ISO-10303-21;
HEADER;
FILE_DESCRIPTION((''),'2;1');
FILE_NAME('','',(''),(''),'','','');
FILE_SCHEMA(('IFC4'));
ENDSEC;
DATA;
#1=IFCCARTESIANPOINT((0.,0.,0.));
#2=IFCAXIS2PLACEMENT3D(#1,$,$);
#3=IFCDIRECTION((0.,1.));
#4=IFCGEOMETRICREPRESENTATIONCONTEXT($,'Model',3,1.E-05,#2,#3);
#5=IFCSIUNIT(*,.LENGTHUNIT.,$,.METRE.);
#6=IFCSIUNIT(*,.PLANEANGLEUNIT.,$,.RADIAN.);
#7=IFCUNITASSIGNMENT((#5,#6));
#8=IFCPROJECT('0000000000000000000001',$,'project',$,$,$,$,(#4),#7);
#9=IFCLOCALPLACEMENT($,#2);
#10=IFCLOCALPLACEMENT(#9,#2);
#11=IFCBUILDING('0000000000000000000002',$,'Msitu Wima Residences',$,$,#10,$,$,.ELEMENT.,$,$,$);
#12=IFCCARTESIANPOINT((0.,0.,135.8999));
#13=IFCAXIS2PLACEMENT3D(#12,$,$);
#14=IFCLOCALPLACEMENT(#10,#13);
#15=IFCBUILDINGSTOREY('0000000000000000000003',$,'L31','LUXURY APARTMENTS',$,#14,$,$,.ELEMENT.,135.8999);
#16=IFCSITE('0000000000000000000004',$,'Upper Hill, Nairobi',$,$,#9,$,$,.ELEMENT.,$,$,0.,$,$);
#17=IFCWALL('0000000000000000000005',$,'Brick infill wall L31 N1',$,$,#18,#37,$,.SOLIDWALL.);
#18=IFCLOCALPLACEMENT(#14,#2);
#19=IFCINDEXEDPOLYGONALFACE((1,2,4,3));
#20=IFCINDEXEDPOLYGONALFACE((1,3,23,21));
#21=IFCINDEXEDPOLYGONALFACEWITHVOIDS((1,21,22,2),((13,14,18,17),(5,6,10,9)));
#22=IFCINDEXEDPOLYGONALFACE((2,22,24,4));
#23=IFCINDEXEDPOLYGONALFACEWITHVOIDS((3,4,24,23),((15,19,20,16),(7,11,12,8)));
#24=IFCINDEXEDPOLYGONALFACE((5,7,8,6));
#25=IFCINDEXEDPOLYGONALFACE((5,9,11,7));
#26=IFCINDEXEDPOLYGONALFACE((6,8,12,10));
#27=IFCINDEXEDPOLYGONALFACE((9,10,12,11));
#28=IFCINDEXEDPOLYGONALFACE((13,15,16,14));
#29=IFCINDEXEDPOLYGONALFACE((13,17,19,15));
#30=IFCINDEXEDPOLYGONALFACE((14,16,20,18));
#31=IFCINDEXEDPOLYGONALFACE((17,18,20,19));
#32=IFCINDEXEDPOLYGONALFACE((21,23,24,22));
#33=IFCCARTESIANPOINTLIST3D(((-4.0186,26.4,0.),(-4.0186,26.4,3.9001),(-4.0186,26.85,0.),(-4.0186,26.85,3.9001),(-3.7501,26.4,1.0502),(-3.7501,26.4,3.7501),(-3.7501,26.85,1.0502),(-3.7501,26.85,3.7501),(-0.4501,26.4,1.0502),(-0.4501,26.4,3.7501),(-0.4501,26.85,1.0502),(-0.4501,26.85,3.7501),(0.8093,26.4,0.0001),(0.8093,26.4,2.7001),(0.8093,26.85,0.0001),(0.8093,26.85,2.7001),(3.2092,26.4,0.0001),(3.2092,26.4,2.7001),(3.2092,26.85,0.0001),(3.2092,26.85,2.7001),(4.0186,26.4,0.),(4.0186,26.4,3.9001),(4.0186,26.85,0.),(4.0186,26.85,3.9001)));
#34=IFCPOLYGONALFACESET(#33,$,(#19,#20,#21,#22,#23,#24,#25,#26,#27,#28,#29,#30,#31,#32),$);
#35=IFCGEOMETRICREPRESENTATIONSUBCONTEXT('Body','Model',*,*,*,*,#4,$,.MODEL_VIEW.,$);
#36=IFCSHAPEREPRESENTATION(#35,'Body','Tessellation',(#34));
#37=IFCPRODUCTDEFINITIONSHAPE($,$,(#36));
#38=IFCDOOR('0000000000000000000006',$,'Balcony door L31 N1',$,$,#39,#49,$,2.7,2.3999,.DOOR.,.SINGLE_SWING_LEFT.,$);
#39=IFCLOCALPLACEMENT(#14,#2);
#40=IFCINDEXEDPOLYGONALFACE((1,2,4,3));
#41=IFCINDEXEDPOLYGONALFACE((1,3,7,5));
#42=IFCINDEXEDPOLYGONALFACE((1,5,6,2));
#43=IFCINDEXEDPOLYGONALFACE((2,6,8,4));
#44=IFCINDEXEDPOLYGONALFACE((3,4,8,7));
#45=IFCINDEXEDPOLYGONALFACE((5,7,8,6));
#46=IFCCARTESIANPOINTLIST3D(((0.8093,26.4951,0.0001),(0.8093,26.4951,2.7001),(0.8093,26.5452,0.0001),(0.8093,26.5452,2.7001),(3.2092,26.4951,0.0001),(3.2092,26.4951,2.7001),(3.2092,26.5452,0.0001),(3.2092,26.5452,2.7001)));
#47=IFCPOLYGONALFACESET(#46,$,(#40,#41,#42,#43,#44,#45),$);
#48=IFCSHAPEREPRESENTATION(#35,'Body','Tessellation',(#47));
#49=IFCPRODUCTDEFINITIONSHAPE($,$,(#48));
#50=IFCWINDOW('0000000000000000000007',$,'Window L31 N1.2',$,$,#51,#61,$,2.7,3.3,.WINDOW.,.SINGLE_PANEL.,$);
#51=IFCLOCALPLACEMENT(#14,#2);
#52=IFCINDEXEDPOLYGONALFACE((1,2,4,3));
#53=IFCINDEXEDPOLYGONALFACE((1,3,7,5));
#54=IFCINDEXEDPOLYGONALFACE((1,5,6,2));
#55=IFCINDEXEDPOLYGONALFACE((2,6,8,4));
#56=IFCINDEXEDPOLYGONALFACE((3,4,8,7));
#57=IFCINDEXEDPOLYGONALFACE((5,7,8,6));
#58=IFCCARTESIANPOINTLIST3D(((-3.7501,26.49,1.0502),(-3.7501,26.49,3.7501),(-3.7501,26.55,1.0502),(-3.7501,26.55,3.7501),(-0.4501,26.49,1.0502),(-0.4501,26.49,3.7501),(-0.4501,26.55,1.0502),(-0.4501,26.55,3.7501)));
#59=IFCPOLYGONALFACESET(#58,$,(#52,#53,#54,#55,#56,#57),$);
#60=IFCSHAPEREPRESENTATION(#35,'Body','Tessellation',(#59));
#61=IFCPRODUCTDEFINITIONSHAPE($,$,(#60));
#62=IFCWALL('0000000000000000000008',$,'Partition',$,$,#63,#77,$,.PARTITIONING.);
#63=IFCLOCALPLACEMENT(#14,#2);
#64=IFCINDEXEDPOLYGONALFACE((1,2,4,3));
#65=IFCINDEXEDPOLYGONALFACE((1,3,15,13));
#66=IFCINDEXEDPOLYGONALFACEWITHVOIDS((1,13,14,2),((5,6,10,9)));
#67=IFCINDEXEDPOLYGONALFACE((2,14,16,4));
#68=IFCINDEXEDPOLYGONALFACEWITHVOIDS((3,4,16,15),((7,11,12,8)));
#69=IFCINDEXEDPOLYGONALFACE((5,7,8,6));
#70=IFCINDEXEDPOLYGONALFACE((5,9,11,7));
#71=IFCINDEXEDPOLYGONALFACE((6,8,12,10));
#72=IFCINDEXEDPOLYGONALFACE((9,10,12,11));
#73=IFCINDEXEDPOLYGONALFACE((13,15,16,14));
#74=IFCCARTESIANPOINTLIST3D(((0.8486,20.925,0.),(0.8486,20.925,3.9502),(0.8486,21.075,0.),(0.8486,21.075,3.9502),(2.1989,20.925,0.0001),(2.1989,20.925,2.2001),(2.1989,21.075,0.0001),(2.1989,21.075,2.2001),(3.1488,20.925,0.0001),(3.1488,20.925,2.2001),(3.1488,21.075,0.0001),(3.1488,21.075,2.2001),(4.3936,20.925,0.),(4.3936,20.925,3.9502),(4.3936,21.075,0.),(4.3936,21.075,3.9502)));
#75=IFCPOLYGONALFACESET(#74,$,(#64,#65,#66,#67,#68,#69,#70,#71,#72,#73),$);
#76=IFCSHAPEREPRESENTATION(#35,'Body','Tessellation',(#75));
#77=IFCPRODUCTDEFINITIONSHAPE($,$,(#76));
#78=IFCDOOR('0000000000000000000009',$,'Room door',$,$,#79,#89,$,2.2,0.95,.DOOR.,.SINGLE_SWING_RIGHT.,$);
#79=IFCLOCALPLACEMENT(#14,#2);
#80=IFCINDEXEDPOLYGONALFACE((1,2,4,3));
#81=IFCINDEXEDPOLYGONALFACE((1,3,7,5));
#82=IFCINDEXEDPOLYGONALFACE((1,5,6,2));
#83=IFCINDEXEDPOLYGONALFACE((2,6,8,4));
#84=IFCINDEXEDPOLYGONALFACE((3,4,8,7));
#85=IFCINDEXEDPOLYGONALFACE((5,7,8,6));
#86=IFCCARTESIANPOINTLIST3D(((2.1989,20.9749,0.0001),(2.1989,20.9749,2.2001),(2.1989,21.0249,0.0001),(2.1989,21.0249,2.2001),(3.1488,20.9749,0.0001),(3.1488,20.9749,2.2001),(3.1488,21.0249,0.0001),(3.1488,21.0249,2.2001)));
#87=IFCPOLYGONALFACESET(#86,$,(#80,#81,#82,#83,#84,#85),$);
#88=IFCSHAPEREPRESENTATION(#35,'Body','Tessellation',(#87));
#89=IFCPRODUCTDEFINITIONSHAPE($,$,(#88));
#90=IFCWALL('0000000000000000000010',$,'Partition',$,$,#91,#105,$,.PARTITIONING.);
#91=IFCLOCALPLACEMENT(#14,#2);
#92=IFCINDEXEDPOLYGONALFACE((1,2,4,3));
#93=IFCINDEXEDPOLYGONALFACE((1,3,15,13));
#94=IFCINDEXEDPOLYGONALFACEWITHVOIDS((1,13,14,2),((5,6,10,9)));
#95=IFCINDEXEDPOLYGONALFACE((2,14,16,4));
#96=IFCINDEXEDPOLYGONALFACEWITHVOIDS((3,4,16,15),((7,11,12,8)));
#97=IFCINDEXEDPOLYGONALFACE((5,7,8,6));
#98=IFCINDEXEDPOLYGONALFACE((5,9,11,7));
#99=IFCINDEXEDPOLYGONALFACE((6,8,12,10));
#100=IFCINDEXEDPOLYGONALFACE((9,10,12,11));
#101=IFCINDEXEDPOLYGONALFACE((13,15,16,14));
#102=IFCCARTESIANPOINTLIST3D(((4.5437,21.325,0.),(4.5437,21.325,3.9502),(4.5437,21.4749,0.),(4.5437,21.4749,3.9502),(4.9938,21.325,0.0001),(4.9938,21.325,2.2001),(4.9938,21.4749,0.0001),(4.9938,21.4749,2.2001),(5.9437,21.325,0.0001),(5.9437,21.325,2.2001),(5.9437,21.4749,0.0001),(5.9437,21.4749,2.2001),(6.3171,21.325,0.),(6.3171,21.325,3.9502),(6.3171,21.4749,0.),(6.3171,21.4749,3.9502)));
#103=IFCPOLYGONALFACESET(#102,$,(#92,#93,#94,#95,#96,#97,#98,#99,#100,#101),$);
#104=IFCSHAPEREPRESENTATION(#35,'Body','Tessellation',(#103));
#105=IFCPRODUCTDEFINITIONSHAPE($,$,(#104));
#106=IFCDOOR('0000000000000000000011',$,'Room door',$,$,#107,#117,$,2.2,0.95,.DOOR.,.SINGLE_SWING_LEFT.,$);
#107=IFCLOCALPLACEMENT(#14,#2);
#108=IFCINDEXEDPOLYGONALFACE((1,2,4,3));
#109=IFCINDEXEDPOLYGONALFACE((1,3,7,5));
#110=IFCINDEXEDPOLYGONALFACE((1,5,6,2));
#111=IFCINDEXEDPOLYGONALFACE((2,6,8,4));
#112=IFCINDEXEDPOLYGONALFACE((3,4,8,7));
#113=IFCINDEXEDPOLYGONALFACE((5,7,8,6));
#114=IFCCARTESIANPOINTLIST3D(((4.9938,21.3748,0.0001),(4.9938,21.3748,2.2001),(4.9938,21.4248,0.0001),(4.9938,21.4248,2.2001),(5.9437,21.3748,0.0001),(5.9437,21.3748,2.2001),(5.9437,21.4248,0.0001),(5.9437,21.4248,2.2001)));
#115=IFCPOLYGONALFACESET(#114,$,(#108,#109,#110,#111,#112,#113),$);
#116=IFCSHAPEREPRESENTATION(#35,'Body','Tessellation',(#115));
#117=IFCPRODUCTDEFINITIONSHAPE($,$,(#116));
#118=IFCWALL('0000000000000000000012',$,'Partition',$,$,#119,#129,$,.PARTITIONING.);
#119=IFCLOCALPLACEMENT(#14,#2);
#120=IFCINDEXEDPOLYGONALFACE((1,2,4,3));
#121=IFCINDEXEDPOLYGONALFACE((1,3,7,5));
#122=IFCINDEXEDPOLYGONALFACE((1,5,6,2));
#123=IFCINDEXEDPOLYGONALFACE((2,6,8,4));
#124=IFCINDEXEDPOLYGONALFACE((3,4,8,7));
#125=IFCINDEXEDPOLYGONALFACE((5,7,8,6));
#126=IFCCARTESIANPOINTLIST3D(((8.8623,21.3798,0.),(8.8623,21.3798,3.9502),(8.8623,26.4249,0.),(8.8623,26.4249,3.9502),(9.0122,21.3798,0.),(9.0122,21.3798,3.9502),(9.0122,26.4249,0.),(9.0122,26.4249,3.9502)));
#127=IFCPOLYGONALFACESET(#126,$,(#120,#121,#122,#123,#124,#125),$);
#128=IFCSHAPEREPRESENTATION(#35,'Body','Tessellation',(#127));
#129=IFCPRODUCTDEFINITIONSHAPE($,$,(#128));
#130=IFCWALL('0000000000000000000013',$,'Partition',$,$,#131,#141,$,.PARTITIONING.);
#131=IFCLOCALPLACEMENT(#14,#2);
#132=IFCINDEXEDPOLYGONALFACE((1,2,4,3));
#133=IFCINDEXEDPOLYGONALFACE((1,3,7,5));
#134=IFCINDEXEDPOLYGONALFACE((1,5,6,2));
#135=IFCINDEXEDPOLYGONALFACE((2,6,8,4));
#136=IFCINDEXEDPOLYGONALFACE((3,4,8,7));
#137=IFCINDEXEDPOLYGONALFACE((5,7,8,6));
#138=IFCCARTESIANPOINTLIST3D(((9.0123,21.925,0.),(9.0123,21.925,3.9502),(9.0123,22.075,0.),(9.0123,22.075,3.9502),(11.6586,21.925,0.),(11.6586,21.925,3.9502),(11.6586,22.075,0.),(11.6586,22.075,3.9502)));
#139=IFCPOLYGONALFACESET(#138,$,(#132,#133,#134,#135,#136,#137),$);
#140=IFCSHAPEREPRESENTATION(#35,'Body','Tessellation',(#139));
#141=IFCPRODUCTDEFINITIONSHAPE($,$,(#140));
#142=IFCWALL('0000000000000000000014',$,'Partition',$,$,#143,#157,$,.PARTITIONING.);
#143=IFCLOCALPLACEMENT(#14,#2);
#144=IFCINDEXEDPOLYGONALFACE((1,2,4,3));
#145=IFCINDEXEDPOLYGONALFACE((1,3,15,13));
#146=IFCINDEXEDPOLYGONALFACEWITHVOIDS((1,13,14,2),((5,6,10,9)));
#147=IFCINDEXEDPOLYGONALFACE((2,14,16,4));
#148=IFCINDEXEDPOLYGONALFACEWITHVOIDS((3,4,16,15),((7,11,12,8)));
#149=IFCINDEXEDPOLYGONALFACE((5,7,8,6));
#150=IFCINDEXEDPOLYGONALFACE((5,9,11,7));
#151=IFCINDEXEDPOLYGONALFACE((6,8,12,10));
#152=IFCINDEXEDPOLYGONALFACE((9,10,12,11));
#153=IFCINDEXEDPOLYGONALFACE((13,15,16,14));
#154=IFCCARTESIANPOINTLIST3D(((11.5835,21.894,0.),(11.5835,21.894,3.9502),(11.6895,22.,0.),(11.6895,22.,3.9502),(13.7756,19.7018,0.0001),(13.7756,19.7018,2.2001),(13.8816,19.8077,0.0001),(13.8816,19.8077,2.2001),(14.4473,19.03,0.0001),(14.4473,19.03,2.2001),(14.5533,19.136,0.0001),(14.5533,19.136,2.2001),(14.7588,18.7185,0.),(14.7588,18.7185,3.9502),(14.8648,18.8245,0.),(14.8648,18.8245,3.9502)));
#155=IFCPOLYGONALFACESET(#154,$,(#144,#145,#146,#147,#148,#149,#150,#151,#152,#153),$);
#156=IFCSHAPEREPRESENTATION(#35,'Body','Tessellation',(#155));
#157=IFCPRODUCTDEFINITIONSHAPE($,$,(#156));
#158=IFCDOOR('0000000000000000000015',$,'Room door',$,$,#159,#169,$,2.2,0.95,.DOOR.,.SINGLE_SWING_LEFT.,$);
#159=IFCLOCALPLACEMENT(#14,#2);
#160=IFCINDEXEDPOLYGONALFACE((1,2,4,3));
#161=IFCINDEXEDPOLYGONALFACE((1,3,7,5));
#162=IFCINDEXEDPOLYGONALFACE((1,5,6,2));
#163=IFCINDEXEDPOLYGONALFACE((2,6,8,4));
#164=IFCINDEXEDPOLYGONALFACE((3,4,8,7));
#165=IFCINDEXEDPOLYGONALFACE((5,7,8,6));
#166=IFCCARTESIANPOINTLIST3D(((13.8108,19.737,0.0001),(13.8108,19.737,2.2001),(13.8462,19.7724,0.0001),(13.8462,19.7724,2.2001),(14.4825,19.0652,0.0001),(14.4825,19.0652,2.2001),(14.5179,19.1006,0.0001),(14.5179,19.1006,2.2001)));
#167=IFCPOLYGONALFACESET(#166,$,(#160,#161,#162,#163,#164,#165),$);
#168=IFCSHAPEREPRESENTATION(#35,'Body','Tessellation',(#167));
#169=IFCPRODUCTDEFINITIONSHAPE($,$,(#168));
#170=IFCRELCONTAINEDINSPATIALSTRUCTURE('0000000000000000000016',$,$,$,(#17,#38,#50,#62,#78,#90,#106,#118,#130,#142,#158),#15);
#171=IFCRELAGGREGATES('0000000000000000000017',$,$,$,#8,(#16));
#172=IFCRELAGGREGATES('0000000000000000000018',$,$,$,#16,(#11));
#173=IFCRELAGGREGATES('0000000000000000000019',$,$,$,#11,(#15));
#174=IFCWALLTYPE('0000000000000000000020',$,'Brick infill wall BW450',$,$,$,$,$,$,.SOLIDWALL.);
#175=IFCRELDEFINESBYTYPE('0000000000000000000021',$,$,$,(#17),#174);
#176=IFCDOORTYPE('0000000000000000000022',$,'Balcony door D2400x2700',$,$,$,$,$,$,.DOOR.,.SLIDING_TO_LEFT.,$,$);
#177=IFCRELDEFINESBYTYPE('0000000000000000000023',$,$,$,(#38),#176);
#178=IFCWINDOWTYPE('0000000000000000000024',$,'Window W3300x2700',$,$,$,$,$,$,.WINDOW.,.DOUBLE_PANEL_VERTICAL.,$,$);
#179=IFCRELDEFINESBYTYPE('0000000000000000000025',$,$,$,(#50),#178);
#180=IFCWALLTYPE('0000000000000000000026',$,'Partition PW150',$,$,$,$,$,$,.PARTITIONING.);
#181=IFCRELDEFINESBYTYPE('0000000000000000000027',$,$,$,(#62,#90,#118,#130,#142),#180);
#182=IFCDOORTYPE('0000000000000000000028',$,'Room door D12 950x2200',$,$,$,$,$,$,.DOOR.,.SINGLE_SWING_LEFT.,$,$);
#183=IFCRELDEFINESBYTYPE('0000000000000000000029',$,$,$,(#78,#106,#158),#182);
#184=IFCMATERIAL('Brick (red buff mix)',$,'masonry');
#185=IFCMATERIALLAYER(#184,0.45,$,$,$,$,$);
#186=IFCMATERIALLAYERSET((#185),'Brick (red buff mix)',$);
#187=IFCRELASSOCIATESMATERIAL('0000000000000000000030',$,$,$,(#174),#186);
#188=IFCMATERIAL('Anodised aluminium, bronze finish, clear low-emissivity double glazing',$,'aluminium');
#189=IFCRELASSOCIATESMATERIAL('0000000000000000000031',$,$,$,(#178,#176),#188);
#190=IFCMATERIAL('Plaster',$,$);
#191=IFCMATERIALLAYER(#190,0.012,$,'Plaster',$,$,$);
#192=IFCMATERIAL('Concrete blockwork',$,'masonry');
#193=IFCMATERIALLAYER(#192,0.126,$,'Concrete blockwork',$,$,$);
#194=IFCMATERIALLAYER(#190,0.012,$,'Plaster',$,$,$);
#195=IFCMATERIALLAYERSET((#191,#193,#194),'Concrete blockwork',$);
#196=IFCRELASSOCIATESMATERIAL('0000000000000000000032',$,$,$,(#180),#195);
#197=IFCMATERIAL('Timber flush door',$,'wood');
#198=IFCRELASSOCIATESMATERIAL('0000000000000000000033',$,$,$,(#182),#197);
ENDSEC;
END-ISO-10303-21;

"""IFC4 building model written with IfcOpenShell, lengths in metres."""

from ifc_helpers import new_model, si_unit, direction, frame, frame_2d, origin, place, context, subcontext, project, spatial, rectangle, extrude, material, layer, layer_set, type_object, element, fill, save


model = new_model("IFC4")

# Units and contexts
model_context = context("Model", 3, precision=1e-05, world=origin(), true_north=direction((0.0, 1.0)))
body_context = subcontext(model_context, "Body", "Model", "MODEL_VIEW")
ifc_project = project(units=[si_unit("LENGTHUNIT", "METRE"), si_unit("PLANEANGLEUNIT", "RADIAN")], contexts=[model_context])

# Site, building, storey
site_placement = place(None, origin())
site = spatial("IfcSite", under=ifc_project, at=site_placement, Name="Upper Hill, Nairobi", CompositionType="ELEMENT", RefElevation=0.0)
building_placement = place(site_placement, origin())
building = spatial("IfcBuilding", under=site, at=building_placement, Name="Msitu Wima Residences", CompositionType="ELEMENT")
storey_placement = place(building_placement, frame((0.0, 0.0, 135.8999)))
storey = spatial("IfcBuildingStorey", under=building, at=storey_placement, Name="L31", Description="LUXURY APARTMENTS", CompositionType="ELEMENT", Elevation=135.8999)

# Shared definitions
ifc_material_1 = material(Name="Brick (red buff mix)", Category="masonry")
ifc_layer_1 = layer(ifc_material_1, 0.45)
ifc_layer_set_1 = layer_set([ifc_layer_1], Name="Brick (red buff mix)")
wall_type_1 = type_object("IfcWallType", Name="Brick infill wall BW450", PredefinedType="SOLIDWALL", material=ifc_layer_set_1)
ifc_material_2 = material(Name="Anodised aluminium, bronze finish, clear low-emissivity double glazing", Category="aluminium")
window_type = type_object("IfcWindowType", Name="Window W3300x2700", PartitioningType="DOUBLE_PANEL_VERTICAL", PredefinedType="WINDOW", material=ifc_material_2)

# Wall, openings, door, window
wall_1_placement = place(storey_placement, frame((4.0186, 26.625, 0.0), z_axis=(0.0, 0.0, 1.0), x_axis=(-1.0, 0.0, 0.0)))
wall_1 = element("IfcWall", 1, at=wall_1_placement, inside=storey, type_object=wall_type_1, Name="Brick infill wall L31 N1", PredefinedType="SOLIDWALL", context=body_context, shape_type="SweptSolid", body=[
    extrude(rectangle(XDim=8.0371, YDim=0.45, at=frame_2d((4.0186, 0.0))), origin(), (0.0, 0.0, 1.0), 3.9001),
])
opening_1_placement = place(wall_1_placement, frame((0.8093, 0.0, 0.0)))
opening_1 = element("IfcOpeningElement", 2, at=opening_1_placement, cuts=wall_1, PredefinedType="OPENING", context=body_context, shape_type="SweptSolid", body=[
    extrude(rectangle(XDim=2.3999, YDim=2.7, at=frame_2d((1.2, 1.3501))), frame((0.0, 0.2349, 0.0), z_axis=(0.0, -1.0, 0.0), x_axis=(1.0, 0.0, 0.0)), (0.0, 0.0, 1.0), 0.47),
])
opening_2_placement = place(wall_1_placement, frame((4.4688, 0.0, 1.05)))
opening_2 = element("IfcOpeningElement", 3, at=opening_2_placement, cuts=wall_1, PredefinedType="OPENING", context=body_context, shape_type="SweptSolid", body=[
    extrude(rectangle(XDim=3.3, YDim=2.7, at=frame_2d((1.6499, 1.3501))), frame((0.0, 0.2349, 0.0), z_axis=(0.0, -1.0, 0.0), x_axis=(1.0, 0.0, 0.0)), (0.0, 0.0, 1.0), 0.47),
])
door_type_1 = type_object("IfcDoorType", Name="Balcony door D2400x2700", OperationType="SLIDING_TO_LEFT", PredefinedType="DOOR", material=ifc_material_2)
door_1_placement = place(opening_1_placement, origin())
door_1 = element("IfcDoor", 4, at=door_1_placement, inside=storey, type_object=door_type_1, Name="Balcony door L31 N1", OperationType="SINGLE_SWING_LEFT", OverallHeight=2.7, OverallWidth=2.3999, PredefinedType="DOOR", context=body_context, shape_type="SweptSolid", body=[
    extrude(rectangle(XDim=2.3999, YDim=2.7, at=frame_2d((1.2, 1.3501))), frame((0.0, 0.1299, 0.0), z_axis=(0.0, -1.0, 0.0), x_axis=(1.0, 0.0, 0.0)), (0.0, 0.0, 1.0), 0.05),
])
fill(opening_1, door_1)
window_1_placement = place(opening_2_placement, origin())
window_1 = element("IfcWindow", 5, at=window_1_placement, inside=storey, type_object=window_type, Name="Window L31 N1.2", OverallHeight=2.7, OverallWidth=3.3, PartitioningType="SINGLE_PANEL", PredefinedType="WINDOW", context=body_context, shape_type="SweptSolid", body=[
    extrude(rectangle(XDim=3.3, YDim=2.7, at=frame_2d((1.6499, 1.3501))), frame((0.0, 0.135, 0.0), z_axis=(0.0, -1.0, 0.0), x_axis=(1.0, 0.0, 0.0)), (0.0, 0.0, 1.0), 0.0601),
])
fill(opening_2, window_1)

# Walls, openings, doors
ifc_material_3 = material(Name="Plaster")
ifc_layer_2 = layer(ifc_material_3, 0.012, Name="Plaster")
ifc_material_4 = material(Name="Concrete blockwork", Category="masonry")
ifc_layer_3 = layer(ifc_material_4, 0.126, Name="Concrete blockwork")
ifc_layer_4 = layer(ifc_material_3, 0.012, Name="Plaster")
ifc_layer_set_2 = layer_set([ifc_layer_2, ifc_layer_3, ifc_layer_4], Name="Concrete blockwork")
wall_type_2 = type_object("IfcWallType", Name="Partition PW150", PredefinedType="PARTITIONING", material=ifc_layer_set_2)
wall_2_placement = place(storey_placement, frame((0.8486, 21.0, 0.0), z_axis=(0.0, 0.0, 1.0), x_axis=(1.0, 0.0, 0.0)))
wall_2 = element("IfcWall", 6, at=wall_2_placement, inside=storey, type_object=wall_type_2, Name="Partition", PredefinedType="PARTITIONING", context=body_context, shape_type="SweptSolid", body=[
    extrude(rectangle(XDim=3.5449, YDim=0.1499, at=frame_2d((1.7725, 0.0))), origin(), (0.0, 0.0, 1.0), 3.9502),
])
opening_3_placement = place(wall_2_placement, frame((1.3501, 0.0, 0.0)))
opening_3 = element("IfcOpeningElement", 7, at=opening_3_placement, cuts=wall_2, PredefinedType="OPENING", context=body_context, shape_type="SweptSolid", body=[
    extrude(rectangle(XDim=0.95, YDim=2.2, at=frame_2d((0.4751, 1.1001))), frame((0.0, 0.085, 0.0), z_axis=(0.0, -1.0, 0.0), x_axis=(1.0, 0.0, 0.0)), (0.0, 0.0, 1.0), 0.1699),
])
ifc_material_5 = material(Name="Timber flush door", Category="wood")
door_type_2 = type_object("IfcDoorType", Name="Room door D12 950x2200", OperationType="SINGLE_SWING_LEFT", PredefinedType="DOOR", material=ifc_material_5)
door_2_placement = place(opening_3_placement, origin())
door_2 = element("IfcDoor", 8, at=door_2_placement, inside=storey, type_object=door_type_2, Name="Room door", OperationType="SINGLE_SWING_RIGHT", OverallHeight=2.2, OverallWidth=0.95, PredefinedType="DOOR", context=body_context, shape_type="SweptSolid", body=[
    extrude(rectangle(XDim=0.95, YDim=2.2, at=frame_2d((0.4751, 1.1001))), frame((0.0, 0.0249, 0.0), z_axis=(0.0, -1.0, 0.0), x_axis=(1.0, 0.0, 0.0)), (0.0, 0.0, 1.0), 0.05),
])
fill(opening_3, door_2)
wall_3_placement = place(storey_placement, frame((4.5437, 21.3999, 0.0), z_axis=(0.0, 0.0, 1.0), x_axis=(1.0, 0.0, 0.0)))
wall_3 = element("IfcWall", 9, at=wall_3_placement, inside=storey, type_object=wall_type_2, Name="Partition", PredefinedType="PARTITIONING", context=body_context, shape_type="SweptSolid", body=[
    extrude(rectangle(XDim=1.7734, YDim=0.1499, at=frame_2d((0.8867, 0.0))), origin(), (0.0, 0.0, 1.0), 3.9502),
])
opening_4_placement = place(wall_3_placement, frame((0.45, 0.0, 0.0)))
opening_4 = element("IfcOpeningElement", 10, at=opening_4_placement, cuts=wall_3, PredefinedType="OPENING", context=body_context, shape_type="SweptSolid", body=[
    extrude(rectangle(XDim=0.95, YDim=2.2, at=frame_2d((0.4751, 1.1001))), frame((0.0, 0.085, 0.0), z_axis=(0.0, -1.0, 0.0), x_axis=(1.0, 0.0, 0.0)), (0.0, 0.0, 1.0), 0.1699),
])
door_3_placement = place(opening_4_placement, origin())
door_3 = element("IfcDoor", 11, at=door_3_placement, inside=storey, type_object=door_type_2, Name="Room door", OperationType="SINGLE_SWING_LEFT", OverallHeight=2.2, OverallWidth=0.95, PredefinedType="DOOR", context=body_context, shape_type="SweptSolid", body=[
    extrude(rectangle(XDim=0.95, YDim=2.2, at=frame_2d((0.4751, 1.1001))), frame((0.0, 0.0249, 0.0), z_axis=(0.0, -1.0, 0.0), x_axis=(1.0, 0.0, 0.0)), (0.0, 0.0, 1.0), 0.05),
])
fill(opening_4, door_3)

# Walls
wall_4_placement = place(storey_placement, frame((8.9373, 21.3799, 0.0), z_axis=(0.0, 0.0, 1.0), x_axis=(0.0, 1.0, 0.0)))
element("IfcWall", 12, at=wall_4_placement, inside=storey, type_object=wall_type_2, Name="Partition", PredefinedType="PARTITIONING", context=body_context, shape_type="SweptSolid", body=[
    extrude(rectangle(XDim=5.0452, YDim=0.1499, at=frame_2d((2.5225, 0.0))), origin(), (0.0, 0.0, 1.0), 3.9502),
])
wall_5_placement = place(storey_placement, frame((9.0122, 22.0, 0.0), z_axis=(0.0, 0.0, 1.0), x_axis=(1.0, 0.0, 0.0)))
element("IfcWall", 13, at=wall_5_placement, inside=storey, type_object=wall_type_2, Name="Partition", PredefinedType="PARTITIONING", context=body_context, shape_type="SweptSolid", body=[
    extrude(rectangle(XDim=2.6462, YDim=0.1499, at=frame_2d((1.3232, 0.0))), origin(), (0.0, 0.0, 1.0), 3.9502),
])

# Wall, opening, door
wall_6_placement = place(storey_placement, frame((11.6365, 21.947, 0.0), z_axis=(0.0, 0.0, 1.0), x_axis=(0.70708, -0.707134, 0.0)))
wall_6 = element("IfcWall", 14, at=wall_6_placement, inside=storey, type_object=wall_type_2, Name="Partition", PredefinedType="PARTITIONING", context=body_context, shape_type="SweptSolid", body=[
    extrude(rectangle(XDim=4.4907, YDim=0.1499, at=frame_2d((2.2454, 0.0))), origin(), (0.0, 0.0, 1.0), 3.9502),
])
opening_5_placement = place(wall_6_placement, frame((3.1001, 0.0, 0.0)))
opening_5 = element("IfcOpeningElement", 15, at=opening_5_placement, cuts=wall_6, PredefinedType="OPENING", context=body_context, shape_type="SweptSolid", body=[
    extrude(rectangle(XDim=0.95, YDim=2.2, at=frame_2d((0.4751, 1.1001))), frame((0.0, 0.085, 0.0), z_axis=(0.0, -1.0, 0.0), x_axis=(1.0, 0.0, 0.0)), (0.0, 0.0, 1.0), 0.1699),
])
door_4_placement = place(opening_5_placement, origin())
door_4 = element("IfcDoor", 16, at=door_4_placement, inside=storey, type_object=door_type_2, Name="Room door", OperationType="SINGLE_SWING_LEFT", OverallHeight=2.2, OverallWidth=0.95, PredefinedType="DOOR", context=body_context, shape_type="SweptSolid", body=[
    extrude(rectangle(XDim=0.95, YDim=2.2, at=frame_2d((0.4751, 1.1001))), frame((0.0, 0.0249, 0.0), z_axis=(0.0, -1.0, 0.0), x_axis=(1.0, 0.0, 0.0)), (0.0, 0.0, 1.0), 0.05),
])
fill(opening_5, door_4)

save(model, "model.ifc")
